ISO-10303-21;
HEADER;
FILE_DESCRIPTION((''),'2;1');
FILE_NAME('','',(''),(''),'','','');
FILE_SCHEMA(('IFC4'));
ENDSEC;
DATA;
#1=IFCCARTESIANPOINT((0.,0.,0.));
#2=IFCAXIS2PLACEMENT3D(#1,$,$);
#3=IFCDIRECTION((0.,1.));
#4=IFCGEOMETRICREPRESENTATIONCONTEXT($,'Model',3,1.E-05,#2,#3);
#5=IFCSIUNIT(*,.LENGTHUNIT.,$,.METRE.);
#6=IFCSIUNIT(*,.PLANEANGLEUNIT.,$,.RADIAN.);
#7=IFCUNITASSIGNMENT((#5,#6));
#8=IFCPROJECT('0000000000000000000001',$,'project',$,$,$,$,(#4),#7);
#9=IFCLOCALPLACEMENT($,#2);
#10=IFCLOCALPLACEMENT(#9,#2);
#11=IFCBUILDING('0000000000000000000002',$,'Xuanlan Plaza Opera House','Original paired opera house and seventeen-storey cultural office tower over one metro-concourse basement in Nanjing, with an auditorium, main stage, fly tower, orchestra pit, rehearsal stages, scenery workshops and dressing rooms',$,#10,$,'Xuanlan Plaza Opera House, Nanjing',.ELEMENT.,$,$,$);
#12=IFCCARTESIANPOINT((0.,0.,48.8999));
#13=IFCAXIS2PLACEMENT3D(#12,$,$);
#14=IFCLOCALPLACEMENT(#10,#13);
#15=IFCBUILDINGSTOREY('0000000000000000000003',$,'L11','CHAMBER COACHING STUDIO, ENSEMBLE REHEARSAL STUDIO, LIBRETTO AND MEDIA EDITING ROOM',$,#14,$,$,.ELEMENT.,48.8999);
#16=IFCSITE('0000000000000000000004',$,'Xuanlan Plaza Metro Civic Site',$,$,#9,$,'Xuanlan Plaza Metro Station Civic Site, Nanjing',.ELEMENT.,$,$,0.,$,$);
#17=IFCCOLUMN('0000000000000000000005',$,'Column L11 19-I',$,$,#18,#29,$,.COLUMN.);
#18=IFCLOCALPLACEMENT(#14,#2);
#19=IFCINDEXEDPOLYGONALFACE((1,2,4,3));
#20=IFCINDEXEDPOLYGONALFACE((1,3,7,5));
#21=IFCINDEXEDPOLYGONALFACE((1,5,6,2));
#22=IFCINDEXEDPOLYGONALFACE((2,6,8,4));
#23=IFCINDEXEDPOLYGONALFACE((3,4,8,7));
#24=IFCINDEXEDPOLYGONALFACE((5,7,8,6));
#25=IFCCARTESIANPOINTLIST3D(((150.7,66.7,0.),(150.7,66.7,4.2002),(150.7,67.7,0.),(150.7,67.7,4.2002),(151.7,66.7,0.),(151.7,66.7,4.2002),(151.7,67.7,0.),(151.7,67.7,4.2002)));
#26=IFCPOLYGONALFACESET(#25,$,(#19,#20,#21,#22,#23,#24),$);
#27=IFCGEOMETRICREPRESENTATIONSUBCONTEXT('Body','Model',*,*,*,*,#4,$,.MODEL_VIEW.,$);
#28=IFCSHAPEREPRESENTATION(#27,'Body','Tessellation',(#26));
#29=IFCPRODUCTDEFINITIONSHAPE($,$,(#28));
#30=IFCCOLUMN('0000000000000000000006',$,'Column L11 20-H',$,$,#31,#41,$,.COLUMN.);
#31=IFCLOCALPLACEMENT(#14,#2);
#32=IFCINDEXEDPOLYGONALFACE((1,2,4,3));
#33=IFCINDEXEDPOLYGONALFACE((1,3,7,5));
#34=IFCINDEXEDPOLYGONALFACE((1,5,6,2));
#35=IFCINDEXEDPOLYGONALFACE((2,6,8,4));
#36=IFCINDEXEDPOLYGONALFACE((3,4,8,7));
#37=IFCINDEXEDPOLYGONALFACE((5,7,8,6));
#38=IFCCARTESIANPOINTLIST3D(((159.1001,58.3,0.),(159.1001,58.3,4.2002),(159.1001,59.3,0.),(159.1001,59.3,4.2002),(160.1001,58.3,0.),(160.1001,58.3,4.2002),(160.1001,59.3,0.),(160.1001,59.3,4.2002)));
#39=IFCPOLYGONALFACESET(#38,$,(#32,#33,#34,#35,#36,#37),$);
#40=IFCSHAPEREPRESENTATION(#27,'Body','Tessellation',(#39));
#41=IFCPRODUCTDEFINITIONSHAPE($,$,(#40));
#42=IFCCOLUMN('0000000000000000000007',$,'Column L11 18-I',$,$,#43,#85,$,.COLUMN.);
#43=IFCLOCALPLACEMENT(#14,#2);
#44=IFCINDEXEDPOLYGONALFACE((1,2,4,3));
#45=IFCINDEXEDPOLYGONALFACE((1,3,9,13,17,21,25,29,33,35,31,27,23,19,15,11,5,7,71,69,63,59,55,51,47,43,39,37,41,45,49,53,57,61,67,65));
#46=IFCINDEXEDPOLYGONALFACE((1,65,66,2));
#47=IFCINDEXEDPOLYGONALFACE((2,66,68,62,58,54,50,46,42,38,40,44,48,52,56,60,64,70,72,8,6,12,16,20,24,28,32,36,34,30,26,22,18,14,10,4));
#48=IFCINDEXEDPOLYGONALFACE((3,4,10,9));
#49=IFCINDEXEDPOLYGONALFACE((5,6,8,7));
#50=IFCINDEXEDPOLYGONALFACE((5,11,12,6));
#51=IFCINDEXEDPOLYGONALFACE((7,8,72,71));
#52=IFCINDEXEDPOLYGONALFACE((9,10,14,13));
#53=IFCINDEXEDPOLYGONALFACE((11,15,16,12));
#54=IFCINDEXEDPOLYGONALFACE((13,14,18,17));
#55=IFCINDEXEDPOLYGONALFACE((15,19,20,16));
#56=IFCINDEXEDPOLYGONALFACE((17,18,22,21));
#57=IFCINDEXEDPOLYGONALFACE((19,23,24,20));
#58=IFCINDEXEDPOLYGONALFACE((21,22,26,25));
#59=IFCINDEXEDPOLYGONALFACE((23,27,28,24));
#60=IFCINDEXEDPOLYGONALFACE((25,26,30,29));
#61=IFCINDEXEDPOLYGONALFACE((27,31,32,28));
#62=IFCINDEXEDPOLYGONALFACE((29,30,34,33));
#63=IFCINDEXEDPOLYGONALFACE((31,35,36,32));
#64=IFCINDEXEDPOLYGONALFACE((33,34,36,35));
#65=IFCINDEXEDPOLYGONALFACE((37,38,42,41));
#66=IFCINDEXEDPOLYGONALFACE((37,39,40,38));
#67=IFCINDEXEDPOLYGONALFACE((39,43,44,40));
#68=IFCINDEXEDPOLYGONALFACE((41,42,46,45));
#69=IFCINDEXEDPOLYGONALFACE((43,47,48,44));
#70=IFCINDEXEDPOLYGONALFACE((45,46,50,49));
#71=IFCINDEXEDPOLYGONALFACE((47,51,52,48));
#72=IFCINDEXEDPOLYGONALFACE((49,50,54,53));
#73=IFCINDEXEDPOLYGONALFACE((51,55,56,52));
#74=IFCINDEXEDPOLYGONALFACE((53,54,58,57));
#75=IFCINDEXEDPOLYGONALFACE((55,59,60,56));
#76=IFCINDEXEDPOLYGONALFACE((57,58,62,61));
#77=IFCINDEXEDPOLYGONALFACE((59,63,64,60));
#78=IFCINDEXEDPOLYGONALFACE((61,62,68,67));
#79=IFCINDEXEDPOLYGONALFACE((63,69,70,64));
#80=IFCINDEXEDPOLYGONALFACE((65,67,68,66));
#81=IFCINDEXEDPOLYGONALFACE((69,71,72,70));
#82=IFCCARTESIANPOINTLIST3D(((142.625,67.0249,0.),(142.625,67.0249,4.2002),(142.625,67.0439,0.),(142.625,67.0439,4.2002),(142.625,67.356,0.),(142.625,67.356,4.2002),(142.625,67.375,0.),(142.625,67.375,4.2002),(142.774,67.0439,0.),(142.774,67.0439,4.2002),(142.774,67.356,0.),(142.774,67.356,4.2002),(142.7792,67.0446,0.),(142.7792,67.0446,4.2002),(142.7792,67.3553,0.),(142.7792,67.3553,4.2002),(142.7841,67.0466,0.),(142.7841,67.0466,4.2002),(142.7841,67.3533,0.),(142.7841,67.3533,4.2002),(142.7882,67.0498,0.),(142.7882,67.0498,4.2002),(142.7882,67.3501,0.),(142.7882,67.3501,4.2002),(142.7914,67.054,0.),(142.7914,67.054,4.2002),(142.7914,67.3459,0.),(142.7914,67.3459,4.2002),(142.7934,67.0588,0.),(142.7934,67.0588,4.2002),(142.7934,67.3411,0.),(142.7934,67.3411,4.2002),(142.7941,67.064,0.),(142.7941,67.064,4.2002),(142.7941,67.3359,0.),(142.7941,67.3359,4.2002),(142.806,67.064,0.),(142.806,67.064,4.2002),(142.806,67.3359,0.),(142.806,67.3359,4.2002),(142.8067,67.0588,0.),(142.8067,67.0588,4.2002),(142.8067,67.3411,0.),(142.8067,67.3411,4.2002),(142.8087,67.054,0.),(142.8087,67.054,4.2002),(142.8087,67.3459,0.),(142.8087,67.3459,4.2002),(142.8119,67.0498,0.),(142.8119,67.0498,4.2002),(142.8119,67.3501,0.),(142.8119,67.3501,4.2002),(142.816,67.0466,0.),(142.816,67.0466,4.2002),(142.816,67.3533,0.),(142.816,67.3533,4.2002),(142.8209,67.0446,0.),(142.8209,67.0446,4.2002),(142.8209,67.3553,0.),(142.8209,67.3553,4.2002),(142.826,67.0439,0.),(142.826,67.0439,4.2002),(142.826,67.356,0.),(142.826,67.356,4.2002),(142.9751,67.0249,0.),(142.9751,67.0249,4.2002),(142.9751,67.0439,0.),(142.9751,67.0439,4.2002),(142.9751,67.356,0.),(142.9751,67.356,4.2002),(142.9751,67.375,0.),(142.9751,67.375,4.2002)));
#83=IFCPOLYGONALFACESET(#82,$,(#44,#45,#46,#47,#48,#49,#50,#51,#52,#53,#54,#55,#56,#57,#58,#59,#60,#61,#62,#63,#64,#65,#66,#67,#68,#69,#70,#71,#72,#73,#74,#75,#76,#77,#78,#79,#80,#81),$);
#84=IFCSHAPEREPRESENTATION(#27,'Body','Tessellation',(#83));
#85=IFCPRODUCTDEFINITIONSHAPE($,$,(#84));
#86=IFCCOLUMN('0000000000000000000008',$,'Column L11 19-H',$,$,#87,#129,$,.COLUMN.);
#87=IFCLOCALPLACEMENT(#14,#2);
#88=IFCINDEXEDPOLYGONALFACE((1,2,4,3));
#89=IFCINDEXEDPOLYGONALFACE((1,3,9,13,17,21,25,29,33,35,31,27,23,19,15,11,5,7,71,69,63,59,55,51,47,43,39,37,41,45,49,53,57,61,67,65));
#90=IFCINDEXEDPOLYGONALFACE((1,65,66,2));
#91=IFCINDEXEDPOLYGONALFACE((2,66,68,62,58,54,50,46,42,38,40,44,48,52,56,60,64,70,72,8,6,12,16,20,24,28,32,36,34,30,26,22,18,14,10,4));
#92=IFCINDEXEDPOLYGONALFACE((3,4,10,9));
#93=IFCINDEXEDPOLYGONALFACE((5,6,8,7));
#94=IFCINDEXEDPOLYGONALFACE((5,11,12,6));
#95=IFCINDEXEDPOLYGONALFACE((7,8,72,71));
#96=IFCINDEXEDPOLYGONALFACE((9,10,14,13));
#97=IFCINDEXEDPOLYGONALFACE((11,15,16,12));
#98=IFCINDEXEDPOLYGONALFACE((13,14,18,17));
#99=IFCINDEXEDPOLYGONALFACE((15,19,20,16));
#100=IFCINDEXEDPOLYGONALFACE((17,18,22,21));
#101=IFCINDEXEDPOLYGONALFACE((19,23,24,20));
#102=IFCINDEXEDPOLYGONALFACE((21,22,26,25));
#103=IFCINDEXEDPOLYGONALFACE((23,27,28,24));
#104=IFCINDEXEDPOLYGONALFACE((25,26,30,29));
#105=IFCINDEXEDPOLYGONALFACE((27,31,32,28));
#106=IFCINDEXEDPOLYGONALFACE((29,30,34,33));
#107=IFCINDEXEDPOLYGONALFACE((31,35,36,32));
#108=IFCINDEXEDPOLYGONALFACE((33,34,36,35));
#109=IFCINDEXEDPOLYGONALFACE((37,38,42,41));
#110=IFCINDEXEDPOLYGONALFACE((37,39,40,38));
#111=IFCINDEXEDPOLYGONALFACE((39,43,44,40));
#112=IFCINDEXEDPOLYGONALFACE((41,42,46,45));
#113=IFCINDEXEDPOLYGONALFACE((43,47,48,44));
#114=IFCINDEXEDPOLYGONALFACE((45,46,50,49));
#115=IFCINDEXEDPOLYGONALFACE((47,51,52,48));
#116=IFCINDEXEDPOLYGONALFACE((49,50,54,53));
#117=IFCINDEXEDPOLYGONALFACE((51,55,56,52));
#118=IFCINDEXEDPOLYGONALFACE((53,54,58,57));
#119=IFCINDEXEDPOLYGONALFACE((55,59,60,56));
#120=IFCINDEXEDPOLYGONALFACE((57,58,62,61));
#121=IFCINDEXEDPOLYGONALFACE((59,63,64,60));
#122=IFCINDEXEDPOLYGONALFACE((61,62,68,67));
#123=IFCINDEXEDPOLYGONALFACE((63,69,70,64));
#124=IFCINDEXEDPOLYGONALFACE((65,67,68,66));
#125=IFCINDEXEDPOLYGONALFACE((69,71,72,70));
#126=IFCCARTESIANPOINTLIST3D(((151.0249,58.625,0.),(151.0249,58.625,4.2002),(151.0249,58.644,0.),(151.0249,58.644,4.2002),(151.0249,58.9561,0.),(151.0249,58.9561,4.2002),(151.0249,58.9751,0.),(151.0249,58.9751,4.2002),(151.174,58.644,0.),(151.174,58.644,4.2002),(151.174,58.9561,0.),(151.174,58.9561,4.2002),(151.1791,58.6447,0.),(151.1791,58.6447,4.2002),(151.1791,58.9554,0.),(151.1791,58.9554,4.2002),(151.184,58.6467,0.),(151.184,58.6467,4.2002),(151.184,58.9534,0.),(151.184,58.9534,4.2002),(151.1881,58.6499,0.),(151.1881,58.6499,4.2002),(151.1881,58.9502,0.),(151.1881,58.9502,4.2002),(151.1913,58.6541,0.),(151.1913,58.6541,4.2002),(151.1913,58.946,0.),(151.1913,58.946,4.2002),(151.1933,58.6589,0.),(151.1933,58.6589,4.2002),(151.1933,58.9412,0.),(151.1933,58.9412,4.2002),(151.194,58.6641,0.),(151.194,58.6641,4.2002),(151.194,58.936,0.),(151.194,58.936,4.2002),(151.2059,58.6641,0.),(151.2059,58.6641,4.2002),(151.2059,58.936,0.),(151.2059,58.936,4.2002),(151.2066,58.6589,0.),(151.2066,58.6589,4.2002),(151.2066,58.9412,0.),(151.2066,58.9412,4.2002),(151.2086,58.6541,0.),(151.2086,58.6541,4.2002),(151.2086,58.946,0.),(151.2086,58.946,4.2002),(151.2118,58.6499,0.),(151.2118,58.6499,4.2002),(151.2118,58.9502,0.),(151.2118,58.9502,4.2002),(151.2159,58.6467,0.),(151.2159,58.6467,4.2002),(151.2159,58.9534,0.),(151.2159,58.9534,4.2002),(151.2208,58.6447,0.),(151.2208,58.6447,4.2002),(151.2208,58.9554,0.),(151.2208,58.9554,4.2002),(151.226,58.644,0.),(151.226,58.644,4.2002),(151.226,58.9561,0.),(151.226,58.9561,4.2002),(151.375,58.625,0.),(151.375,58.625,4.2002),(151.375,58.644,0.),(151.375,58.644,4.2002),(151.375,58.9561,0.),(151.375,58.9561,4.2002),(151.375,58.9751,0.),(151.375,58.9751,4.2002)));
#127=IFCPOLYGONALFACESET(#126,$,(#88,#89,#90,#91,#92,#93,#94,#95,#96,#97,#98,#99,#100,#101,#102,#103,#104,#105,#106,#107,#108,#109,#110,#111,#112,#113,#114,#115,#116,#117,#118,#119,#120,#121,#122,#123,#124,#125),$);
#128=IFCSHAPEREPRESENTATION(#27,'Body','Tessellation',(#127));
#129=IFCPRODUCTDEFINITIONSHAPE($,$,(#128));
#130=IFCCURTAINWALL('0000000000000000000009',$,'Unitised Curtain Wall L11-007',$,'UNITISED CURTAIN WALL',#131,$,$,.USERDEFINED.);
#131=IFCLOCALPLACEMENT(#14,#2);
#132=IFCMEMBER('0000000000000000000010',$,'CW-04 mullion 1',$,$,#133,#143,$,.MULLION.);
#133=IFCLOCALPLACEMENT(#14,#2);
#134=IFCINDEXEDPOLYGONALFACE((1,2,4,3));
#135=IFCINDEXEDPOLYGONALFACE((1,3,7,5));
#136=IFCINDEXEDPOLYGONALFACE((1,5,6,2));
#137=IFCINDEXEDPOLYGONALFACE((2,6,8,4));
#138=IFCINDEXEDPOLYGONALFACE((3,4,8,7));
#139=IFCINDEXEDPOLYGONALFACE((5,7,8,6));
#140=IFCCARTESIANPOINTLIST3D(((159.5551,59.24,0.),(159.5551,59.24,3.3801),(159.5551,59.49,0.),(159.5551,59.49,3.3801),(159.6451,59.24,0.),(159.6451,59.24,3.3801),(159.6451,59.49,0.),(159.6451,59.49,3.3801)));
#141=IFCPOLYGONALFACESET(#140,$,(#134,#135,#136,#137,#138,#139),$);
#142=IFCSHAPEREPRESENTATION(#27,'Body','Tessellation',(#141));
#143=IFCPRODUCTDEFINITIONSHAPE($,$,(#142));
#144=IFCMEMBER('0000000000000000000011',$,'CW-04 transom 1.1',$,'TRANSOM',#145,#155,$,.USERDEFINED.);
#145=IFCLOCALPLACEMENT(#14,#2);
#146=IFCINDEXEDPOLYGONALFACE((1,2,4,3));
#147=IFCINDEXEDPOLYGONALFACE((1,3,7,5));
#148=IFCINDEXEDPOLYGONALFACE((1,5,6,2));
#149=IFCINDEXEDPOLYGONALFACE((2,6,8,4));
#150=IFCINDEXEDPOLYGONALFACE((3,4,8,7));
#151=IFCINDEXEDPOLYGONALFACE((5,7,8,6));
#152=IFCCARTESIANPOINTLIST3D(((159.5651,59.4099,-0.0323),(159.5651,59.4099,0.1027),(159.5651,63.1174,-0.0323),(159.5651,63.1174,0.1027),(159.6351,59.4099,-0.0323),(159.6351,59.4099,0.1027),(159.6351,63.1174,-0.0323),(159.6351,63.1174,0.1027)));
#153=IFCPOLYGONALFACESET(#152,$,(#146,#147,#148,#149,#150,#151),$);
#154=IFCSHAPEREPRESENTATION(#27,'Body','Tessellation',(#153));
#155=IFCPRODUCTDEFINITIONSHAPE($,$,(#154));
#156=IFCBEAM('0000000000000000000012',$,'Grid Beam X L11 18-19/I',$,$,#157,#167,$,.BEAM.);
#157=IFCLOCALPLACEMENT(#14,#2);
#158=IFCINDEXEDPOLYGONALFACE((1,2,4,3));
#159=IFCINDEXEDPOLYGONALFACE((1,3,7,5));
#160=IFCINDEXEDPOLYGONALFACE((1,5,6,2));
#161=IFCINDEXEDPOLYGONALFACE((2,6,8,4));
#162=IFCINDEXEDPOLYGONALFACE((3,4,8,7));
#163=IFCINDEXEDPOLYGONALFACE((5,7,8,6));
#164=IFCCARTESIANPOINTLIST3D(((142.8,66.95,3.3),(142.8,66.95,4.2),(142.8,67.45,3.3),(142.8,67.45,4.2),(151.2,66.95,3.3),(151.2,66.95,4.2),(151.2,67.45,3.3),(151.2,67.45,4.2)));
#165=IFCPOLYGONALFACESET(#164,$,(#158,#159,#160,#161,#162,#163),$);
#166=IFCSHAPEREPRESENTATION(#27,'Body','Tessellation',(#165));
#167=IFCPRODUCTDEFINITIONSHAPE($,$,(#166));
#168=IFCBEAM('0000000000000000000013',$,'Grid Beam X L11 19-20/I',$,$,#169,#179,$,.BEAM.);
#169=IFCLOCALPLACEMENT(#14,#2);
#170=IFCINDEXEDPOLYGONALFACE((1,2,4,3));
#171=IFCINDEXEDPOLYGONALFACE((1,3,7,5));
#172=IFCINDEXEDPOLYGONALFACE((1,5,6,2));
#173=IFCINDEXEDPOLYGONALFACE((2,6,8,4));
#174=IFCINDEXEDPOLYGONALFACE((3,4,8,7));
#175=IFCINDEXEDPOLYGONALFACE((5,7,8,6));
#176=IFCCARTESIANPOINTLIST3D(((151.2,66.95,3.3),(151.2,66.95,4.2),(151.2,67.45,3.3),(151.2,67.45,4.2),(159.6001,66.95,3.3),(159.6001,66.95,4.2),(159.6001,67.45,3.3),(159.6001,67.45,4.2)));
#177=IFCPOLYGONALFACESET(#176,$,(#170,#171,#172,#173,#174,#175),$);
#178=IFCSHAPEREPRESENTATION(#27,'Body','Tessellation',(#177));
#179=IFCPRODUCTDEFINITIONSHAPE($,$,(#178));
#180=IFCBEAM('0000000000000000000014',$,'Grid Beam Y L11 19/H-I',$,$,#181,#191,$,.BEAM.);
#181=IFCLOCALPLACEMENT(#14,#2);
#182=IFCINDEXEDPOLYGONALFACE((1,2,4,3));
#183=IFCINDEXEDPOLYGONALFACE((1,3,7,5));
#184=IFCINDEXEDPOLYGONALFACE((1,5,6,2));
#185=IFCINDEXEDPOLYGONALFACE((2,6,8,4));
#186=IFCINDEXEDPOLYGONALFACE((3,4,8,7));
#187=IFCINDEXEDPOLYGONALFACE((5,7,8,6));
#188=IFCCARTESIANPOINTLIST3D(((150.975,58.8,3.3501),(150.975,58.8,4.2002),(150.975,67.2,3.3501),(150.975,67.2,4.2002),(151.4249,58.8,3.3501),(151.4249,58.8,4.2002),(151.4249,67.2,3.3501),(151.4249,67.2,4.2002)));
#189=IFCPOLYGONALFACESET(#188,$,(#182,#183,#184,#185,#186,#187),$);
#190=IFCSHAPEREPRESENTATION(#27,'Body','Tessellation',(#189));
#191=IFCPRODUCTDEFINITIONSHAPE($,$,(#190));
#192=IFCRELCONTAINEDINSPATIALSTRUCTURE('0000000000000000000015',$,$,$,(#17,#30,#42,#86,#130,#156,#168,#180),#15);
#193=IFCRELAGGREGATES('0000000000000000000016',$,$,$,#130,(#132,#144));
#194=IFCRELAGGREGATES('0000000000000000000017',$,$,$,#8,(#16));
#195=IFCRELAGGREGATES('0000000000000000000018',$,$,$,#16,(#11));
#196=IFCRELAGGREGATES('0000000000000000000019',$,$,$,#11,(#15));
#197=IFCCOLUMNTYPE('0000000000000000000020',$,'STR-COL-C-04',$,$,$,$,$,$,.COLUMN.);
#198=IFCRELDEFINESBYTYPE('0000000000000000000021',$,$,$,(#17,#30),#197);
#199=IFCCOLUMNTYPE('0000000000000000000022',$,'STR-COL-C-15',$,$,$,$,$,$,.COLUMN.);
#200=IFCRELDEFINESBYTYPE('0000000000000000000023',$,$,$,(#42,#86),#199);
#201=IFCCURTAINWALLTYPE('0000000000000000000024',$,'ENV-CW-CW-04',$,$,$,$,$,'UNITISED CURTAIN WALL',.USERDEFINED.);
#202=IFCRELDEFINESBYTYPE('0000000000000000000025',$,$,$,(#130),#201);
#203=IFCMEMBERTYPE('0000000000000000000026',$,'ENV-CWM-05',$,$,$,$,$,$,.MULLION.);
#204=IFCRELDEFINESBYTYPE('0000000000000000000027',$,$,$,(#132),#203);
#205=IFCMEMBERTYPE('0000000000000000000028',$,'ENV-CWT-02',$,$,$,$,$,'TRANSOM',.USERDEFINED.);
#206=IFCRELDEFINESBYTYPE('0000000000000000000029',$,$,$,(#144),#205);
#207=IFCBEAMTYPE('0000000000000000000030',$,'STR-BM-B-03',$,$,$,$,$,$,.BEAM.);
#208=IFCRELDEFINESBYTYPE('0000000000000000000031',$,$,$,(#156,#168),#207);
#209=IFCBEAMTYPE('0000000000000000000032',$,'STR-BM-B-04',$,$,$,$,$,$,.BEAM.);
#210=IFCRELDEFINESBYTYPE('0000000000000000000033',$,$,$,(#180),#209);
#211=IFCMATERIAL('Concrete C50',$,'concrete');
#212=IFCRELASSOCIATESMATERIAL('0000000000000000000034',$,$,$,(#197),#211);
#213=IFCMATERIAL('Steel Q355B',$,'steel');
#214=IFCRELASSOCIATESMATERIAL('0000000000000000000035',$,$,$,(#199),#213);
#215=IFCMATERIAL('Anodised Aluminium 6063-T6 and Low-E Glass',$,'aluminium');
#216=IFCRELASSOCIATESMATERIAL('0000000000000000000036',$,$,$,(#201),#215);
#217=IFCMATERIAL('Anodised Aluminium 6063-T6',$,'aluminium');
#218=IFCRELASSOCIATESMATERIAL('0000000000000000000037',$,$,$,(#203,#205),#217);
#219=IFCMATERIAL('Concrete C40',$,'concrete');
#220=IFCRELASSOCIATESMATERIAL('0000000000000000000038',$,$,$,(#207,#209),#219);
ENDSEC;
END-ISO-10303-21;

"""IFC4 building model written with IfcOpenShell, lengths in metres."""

from ifc_helpers import new_model, si_unit, direction, frame, origin, origin_2d, place, context, subcontext, project, spatial, rectangle, i_section, extrude, material, material_profile, profile_set, type_object, element, aggregate, save


model = new_model("IFC4")

# Units and contexts
model_context = context("Model", 3, precision=1e-05, world=origin(), true_north=direction((0.0, 1.0)))
body_context = subcontext(model_context, "Body", "Model", "MODEL_VIEW")
ifc_project = project(units=[si_unit("LENGTHUNIT", "METRE"), si_unit("PLANEANGLEUNIT", "RADIAN")], contexts=[model_context])

# Site, building, storey
site_placement = place(None, origin())
site = spatial("IfcSite", under=ifc_project, at=site_placement, Name="Xuanlan Plaza Metro Civic Site", LongName="Xuanlan Plaza Metro Station Civic Site, Nanjing", CompositionType="ELEMENT", RefElevation=0.0)
building_placement = place(site_placement, origin())
building = spatial("IfcBuilding", under=site, at=building_placement, Name="Xuanlan Plaza Opera House", Description="Original paired opera house and seventeen-storey cultural office tower over one metro-concourse basement in Nanjing, with an auditorium, main stage, fly tower, orchestra pit, rehearsal stages, scenery workshops and dressing rooms", LongName="Xuanlan Plaza Opera House, Nanjing", CompositionType="ELEMENT")
storey_placement = place(building_placement, frame((0.0, 0.0, 48.8999)))
storey = spatial("IfcBuildingStorey", under=building, at=storey_placement, Name="L11", Description="CHAMBER COACHING STUDIO, ENSEMBLE REHEARSAL STUDIO, LIBRETTO AND MEDIA EDITING ROOM", CompositionType="ELEMENT", Elevation=48.8999)

# Columns
ifc_material_1 = material(Name="Concrete C50", Category="concrete")
ifc_material_profile_1 = material_profile(ifc_material_1, rectangle(XDim=1.0, YDim=1.0, at=origin_2d()), Name="RC-COL 1000x1000")
ifc_profile_set_1 = profile_set([ifc_material_profile_1], Name="Concrete C50")
column_type_1 = type_object("IfcColumnType", Name="STR-COL-C-04", PredefinedType="COLUMN", material=ifc_profile_set_1)
for number, where, z_axis, x_axis, name in (
    (1, (151.2, 67.2, 0.0), (0.0, 0.0, 1.0), (1.0, 0.0, 0.0), "Column L11 19-I"),
    (2, (159.6001, 58.8, 0.0), (0.0, 0.0, 1.0), (1.0, 0.0, 0.0), "Column L11 20-H"),
):
    element("IfcColumn", number, at=place(storey_placement, frame(where, z_axis=z_axis, x_axis=x_axis)), inside=storey, type_object=column_type_1, Name=name, PredefinedType="COLUMN", context=body_context, shape_type="SweptSolid", body=[
        extrude(rectangle(XDim=1.0, YDim=1.0, at=origin_2d()), origin(), (0.0, 0.0, 1.0), 4.2002),
    ])
ifc_material_2 = material(Name="Steel Q355B", Category="steel")
ifc_material_profile_2 = material_profile(ifc_material_2, i_section(OverallWidth=0.3501, OverallDepth=0.3501, WebThickness=0.012, FlangeThickness=0.019, FilletRadius=0.02, at=origin_2d()), Name="HW 350x350x12x19")
ifc_profile_set_2 = profile_set([ifc_material_profile_2], Name="Steel Q355B")
column_type_2 = type_object("IfcColumnType", Name="STR-COL-C-15", PredefinedType="COLUMN", material=ifc_profile_set_2)
for number, where, z_axis, x_axis, name in (
    (3, (142.8, 67.2, 0.0), (0.0, 0.0, 1.0), (1.0, 0.0, 0.0), "Column L11 18-I"),
    (4, (151.2, 58.8, 0.0), (0.0, 0.0, 1.0), (1.0, 0.0, 0.0), "Column L11 19-H"),
):
    element("IfcColumn", number, at=place(storey_placement, frame(where, z_axis=z_axis, x_axis=x_axis)), inside=storey, type_object=column_type_2, Name=name, PredefinedType="COLUMN", context=body_context, shape_type="SweptSolid", body=[
        extrude(i_section(OverallWidth=0.3501, OverallDepth=0.3501, WebThickness=0.012, FlangeThickness=0.019, FilletRadius=0.02, at=origin_2d()), origin(), (0.0, 0.0, 1.0), 4.2002),
    ])

# Curtain wall, members
ifc_material_3 = material(Name="Anodised Aluminium 6063-T6 and Low-E Glass", Category="aluminium")
curtain_wall_type = type_object("IfcCurtainWallType", Name="ENV-CW-CW-04", ElementType="UNITISED CURTAIN WALL", PredefinedType="USERDEFINED", material=ifc_material_3)
curtain_wall_placement = place(storey_placement, origin())
curtain_wall = element("IfcCurtainWall", 5, at=curtain_wall_placement, inside=storey, type_object=curtain_wall_type, Name="Unitised Curtain Wall L11-007", ObjectType="UNITISED CURTAIN WALL", PredefinedType="USERDEFINED")
ifc_material_4 = material(Name="Anodised Aluminium 6063-T6", Category="aluminium")
ifc_material_profile_3 = material_profile(ifc_material_4, rectangle(XDim=0.0901, YDim=0.25, at=origin_2d()), Name="ALU-M 90x250")
ifc_profile_set_3 = profile_set([ifc_material_profile_3], Name="Anodised Aluminium 6063-T6")
member_type_1 = type_object("IfcMemberType", Name="ENV-CWM-05", PredefinedType="MULLION", material=ifc_profile_set_3)
member_1_placement = place(storey_placement, frame((159.6001, 59.365, 0.0), z_axis=(0.0, 0.0, 1.0), x_axis=(-1.0, 0.0, 0.0)))
member_1 = element("IfcMember", 6, at=member_1_placement, type_object=member_type_1, Name="CW-04 mullion 1", PredefinedType="MULLION", context=body_context, shape_type="SweptSolid", body=[
    extrude(rectangle(XDim=0.0901, YDim=0.25, at=origin_2d()), origin(), (0.0, 0.0, 1.0), 3.3801),
])
ifc_material_profile_4 = material_profile(ifc_material_4, rectangle(XDim=0.0701, YDim=0.135, at=origin_2d()), Name="ALU-T 70x135")
ifc_profile_set_4 = profile_set([ifc_material_profile_4], Name="Anodised Aluminium 6063-T6")
member_type_2 = type_object("IfcMemberType", Name="ENV-CWT-02", ElementType="TRANSOM", PredefinedType="USERDEFINED", material=ifc_profile_set_4)
member_2_placement = place(storey_placement, frame((159.6001, 59.4099, 0.0352), z_axis=(0.0, 1.0, 0.0), x_axis=(-1.0, 0.0, 0.0)))
member_2 = element("IfcMember", 7, at=member_2_placement, type_object=member_type_2, Name="CW-04 transom 1.1", ObjectType="TRANSOM", PredefinedType="USERDEFINED", context=body_context, shape_type="SweptSolid", body=[
    extrude(rectangle(XDim=0.0701, YDim=0.135, at=origin_2d()), origin(), (0.0, 0.0, 1.0), 3.7075),
])
aggregate(curtain_wall, [member_1, member_2])

# Beams
ifc_material_5 = material(Name="Concrete C40", Category="concrete")
ifc_material_profile_5 = material_profile(ifc_material_5, rectangle(XDim=0.5, YDim=0.8999, at=origin_2d()), Name="RC-BM 500x900")
ifc_profile_set_5 = profile_set([ifc_material_profile_5], Name="Concrete C40")
beam_type_1 = type_object("IfcBeamType", Name="STR-BM-B-03", PredefinedType="BEAM", material=ifc_profile_set_5)
beam_1_placement = place(storey_placement, frame((142.8, 67.2, 3.75), z_axis=(1.0, 0.0, 0.0), x_axis=(0.0, 1.0, 0.0)))
element("IfcBeam", 8, at=beam_1_placement, inside=storey, type_object=beam_type_1, Name="Grid Beam X L11 18-19/I", PredefinedType="BEAM", context=body_context, shape_type="SweptSolid", body=[
    extrude(rectangle(XDim=0.5, YDim=0.8999, at=origin_2d()), origin(), (0.0, 0.0, 1.0), 8.3999),
])
beam_2_placement = place(storey_placement, frame((151.2, 67.2, 3.75), z_axis=(1.0, 0.0, 0.0), x_axis=(0.0, 1.0, 0.0)))
element("IfcBeam", 9, at=beam_2_placement, inside=storey, type_object=beam_type_1, Name="Grid Beam X L11 19-20/I", PredefinedType="BEAM", context=body_context, shape_type="SweptSolid", body=[
    extrude(rectangle(XDim=0.5, YDim=0.8999, at=origin_2d()), origin(), (0.0, 0.0, 1.0), 8.4001),
])
ifc_material_profile_6 = material_profile(ifc_material_5, rectangle(XDim=0.45, YDim=0.8501, at=origin_2d()), Name="RC-BM 450x850")
ifc_profile_set_6 = profile_set([ifc_material_profile_6], Name="Concrete C40")
beam_type_2 = type_object("IfcBeamType", Name="STR-BM-B-04", PredefinedType="BEAM", material=ifc_profile_set_6)
beam_3_placement = place(storey_placement, frame((151.2, 58.8, 3.7751), z_axis=(0.0, 1.0, 0.0), x_axis=(-1.0, 0.0, 0.0)))
element("IfcBeam", 10, at=beam_3_placement, inside=storey, type_object=beam_type_2, Name="Grid Beam Y L11 19/H-I", PredefinedType="BEAM", context=body_context, shape_type="SweptSolid", body=[
    extrude(rectangle(XDim=0.45, YDim=0.8501, at=origin_2d()), origin(), (0.0, 0.0, 1.0), 8.3999),
])

save(model, "model.ifc")
